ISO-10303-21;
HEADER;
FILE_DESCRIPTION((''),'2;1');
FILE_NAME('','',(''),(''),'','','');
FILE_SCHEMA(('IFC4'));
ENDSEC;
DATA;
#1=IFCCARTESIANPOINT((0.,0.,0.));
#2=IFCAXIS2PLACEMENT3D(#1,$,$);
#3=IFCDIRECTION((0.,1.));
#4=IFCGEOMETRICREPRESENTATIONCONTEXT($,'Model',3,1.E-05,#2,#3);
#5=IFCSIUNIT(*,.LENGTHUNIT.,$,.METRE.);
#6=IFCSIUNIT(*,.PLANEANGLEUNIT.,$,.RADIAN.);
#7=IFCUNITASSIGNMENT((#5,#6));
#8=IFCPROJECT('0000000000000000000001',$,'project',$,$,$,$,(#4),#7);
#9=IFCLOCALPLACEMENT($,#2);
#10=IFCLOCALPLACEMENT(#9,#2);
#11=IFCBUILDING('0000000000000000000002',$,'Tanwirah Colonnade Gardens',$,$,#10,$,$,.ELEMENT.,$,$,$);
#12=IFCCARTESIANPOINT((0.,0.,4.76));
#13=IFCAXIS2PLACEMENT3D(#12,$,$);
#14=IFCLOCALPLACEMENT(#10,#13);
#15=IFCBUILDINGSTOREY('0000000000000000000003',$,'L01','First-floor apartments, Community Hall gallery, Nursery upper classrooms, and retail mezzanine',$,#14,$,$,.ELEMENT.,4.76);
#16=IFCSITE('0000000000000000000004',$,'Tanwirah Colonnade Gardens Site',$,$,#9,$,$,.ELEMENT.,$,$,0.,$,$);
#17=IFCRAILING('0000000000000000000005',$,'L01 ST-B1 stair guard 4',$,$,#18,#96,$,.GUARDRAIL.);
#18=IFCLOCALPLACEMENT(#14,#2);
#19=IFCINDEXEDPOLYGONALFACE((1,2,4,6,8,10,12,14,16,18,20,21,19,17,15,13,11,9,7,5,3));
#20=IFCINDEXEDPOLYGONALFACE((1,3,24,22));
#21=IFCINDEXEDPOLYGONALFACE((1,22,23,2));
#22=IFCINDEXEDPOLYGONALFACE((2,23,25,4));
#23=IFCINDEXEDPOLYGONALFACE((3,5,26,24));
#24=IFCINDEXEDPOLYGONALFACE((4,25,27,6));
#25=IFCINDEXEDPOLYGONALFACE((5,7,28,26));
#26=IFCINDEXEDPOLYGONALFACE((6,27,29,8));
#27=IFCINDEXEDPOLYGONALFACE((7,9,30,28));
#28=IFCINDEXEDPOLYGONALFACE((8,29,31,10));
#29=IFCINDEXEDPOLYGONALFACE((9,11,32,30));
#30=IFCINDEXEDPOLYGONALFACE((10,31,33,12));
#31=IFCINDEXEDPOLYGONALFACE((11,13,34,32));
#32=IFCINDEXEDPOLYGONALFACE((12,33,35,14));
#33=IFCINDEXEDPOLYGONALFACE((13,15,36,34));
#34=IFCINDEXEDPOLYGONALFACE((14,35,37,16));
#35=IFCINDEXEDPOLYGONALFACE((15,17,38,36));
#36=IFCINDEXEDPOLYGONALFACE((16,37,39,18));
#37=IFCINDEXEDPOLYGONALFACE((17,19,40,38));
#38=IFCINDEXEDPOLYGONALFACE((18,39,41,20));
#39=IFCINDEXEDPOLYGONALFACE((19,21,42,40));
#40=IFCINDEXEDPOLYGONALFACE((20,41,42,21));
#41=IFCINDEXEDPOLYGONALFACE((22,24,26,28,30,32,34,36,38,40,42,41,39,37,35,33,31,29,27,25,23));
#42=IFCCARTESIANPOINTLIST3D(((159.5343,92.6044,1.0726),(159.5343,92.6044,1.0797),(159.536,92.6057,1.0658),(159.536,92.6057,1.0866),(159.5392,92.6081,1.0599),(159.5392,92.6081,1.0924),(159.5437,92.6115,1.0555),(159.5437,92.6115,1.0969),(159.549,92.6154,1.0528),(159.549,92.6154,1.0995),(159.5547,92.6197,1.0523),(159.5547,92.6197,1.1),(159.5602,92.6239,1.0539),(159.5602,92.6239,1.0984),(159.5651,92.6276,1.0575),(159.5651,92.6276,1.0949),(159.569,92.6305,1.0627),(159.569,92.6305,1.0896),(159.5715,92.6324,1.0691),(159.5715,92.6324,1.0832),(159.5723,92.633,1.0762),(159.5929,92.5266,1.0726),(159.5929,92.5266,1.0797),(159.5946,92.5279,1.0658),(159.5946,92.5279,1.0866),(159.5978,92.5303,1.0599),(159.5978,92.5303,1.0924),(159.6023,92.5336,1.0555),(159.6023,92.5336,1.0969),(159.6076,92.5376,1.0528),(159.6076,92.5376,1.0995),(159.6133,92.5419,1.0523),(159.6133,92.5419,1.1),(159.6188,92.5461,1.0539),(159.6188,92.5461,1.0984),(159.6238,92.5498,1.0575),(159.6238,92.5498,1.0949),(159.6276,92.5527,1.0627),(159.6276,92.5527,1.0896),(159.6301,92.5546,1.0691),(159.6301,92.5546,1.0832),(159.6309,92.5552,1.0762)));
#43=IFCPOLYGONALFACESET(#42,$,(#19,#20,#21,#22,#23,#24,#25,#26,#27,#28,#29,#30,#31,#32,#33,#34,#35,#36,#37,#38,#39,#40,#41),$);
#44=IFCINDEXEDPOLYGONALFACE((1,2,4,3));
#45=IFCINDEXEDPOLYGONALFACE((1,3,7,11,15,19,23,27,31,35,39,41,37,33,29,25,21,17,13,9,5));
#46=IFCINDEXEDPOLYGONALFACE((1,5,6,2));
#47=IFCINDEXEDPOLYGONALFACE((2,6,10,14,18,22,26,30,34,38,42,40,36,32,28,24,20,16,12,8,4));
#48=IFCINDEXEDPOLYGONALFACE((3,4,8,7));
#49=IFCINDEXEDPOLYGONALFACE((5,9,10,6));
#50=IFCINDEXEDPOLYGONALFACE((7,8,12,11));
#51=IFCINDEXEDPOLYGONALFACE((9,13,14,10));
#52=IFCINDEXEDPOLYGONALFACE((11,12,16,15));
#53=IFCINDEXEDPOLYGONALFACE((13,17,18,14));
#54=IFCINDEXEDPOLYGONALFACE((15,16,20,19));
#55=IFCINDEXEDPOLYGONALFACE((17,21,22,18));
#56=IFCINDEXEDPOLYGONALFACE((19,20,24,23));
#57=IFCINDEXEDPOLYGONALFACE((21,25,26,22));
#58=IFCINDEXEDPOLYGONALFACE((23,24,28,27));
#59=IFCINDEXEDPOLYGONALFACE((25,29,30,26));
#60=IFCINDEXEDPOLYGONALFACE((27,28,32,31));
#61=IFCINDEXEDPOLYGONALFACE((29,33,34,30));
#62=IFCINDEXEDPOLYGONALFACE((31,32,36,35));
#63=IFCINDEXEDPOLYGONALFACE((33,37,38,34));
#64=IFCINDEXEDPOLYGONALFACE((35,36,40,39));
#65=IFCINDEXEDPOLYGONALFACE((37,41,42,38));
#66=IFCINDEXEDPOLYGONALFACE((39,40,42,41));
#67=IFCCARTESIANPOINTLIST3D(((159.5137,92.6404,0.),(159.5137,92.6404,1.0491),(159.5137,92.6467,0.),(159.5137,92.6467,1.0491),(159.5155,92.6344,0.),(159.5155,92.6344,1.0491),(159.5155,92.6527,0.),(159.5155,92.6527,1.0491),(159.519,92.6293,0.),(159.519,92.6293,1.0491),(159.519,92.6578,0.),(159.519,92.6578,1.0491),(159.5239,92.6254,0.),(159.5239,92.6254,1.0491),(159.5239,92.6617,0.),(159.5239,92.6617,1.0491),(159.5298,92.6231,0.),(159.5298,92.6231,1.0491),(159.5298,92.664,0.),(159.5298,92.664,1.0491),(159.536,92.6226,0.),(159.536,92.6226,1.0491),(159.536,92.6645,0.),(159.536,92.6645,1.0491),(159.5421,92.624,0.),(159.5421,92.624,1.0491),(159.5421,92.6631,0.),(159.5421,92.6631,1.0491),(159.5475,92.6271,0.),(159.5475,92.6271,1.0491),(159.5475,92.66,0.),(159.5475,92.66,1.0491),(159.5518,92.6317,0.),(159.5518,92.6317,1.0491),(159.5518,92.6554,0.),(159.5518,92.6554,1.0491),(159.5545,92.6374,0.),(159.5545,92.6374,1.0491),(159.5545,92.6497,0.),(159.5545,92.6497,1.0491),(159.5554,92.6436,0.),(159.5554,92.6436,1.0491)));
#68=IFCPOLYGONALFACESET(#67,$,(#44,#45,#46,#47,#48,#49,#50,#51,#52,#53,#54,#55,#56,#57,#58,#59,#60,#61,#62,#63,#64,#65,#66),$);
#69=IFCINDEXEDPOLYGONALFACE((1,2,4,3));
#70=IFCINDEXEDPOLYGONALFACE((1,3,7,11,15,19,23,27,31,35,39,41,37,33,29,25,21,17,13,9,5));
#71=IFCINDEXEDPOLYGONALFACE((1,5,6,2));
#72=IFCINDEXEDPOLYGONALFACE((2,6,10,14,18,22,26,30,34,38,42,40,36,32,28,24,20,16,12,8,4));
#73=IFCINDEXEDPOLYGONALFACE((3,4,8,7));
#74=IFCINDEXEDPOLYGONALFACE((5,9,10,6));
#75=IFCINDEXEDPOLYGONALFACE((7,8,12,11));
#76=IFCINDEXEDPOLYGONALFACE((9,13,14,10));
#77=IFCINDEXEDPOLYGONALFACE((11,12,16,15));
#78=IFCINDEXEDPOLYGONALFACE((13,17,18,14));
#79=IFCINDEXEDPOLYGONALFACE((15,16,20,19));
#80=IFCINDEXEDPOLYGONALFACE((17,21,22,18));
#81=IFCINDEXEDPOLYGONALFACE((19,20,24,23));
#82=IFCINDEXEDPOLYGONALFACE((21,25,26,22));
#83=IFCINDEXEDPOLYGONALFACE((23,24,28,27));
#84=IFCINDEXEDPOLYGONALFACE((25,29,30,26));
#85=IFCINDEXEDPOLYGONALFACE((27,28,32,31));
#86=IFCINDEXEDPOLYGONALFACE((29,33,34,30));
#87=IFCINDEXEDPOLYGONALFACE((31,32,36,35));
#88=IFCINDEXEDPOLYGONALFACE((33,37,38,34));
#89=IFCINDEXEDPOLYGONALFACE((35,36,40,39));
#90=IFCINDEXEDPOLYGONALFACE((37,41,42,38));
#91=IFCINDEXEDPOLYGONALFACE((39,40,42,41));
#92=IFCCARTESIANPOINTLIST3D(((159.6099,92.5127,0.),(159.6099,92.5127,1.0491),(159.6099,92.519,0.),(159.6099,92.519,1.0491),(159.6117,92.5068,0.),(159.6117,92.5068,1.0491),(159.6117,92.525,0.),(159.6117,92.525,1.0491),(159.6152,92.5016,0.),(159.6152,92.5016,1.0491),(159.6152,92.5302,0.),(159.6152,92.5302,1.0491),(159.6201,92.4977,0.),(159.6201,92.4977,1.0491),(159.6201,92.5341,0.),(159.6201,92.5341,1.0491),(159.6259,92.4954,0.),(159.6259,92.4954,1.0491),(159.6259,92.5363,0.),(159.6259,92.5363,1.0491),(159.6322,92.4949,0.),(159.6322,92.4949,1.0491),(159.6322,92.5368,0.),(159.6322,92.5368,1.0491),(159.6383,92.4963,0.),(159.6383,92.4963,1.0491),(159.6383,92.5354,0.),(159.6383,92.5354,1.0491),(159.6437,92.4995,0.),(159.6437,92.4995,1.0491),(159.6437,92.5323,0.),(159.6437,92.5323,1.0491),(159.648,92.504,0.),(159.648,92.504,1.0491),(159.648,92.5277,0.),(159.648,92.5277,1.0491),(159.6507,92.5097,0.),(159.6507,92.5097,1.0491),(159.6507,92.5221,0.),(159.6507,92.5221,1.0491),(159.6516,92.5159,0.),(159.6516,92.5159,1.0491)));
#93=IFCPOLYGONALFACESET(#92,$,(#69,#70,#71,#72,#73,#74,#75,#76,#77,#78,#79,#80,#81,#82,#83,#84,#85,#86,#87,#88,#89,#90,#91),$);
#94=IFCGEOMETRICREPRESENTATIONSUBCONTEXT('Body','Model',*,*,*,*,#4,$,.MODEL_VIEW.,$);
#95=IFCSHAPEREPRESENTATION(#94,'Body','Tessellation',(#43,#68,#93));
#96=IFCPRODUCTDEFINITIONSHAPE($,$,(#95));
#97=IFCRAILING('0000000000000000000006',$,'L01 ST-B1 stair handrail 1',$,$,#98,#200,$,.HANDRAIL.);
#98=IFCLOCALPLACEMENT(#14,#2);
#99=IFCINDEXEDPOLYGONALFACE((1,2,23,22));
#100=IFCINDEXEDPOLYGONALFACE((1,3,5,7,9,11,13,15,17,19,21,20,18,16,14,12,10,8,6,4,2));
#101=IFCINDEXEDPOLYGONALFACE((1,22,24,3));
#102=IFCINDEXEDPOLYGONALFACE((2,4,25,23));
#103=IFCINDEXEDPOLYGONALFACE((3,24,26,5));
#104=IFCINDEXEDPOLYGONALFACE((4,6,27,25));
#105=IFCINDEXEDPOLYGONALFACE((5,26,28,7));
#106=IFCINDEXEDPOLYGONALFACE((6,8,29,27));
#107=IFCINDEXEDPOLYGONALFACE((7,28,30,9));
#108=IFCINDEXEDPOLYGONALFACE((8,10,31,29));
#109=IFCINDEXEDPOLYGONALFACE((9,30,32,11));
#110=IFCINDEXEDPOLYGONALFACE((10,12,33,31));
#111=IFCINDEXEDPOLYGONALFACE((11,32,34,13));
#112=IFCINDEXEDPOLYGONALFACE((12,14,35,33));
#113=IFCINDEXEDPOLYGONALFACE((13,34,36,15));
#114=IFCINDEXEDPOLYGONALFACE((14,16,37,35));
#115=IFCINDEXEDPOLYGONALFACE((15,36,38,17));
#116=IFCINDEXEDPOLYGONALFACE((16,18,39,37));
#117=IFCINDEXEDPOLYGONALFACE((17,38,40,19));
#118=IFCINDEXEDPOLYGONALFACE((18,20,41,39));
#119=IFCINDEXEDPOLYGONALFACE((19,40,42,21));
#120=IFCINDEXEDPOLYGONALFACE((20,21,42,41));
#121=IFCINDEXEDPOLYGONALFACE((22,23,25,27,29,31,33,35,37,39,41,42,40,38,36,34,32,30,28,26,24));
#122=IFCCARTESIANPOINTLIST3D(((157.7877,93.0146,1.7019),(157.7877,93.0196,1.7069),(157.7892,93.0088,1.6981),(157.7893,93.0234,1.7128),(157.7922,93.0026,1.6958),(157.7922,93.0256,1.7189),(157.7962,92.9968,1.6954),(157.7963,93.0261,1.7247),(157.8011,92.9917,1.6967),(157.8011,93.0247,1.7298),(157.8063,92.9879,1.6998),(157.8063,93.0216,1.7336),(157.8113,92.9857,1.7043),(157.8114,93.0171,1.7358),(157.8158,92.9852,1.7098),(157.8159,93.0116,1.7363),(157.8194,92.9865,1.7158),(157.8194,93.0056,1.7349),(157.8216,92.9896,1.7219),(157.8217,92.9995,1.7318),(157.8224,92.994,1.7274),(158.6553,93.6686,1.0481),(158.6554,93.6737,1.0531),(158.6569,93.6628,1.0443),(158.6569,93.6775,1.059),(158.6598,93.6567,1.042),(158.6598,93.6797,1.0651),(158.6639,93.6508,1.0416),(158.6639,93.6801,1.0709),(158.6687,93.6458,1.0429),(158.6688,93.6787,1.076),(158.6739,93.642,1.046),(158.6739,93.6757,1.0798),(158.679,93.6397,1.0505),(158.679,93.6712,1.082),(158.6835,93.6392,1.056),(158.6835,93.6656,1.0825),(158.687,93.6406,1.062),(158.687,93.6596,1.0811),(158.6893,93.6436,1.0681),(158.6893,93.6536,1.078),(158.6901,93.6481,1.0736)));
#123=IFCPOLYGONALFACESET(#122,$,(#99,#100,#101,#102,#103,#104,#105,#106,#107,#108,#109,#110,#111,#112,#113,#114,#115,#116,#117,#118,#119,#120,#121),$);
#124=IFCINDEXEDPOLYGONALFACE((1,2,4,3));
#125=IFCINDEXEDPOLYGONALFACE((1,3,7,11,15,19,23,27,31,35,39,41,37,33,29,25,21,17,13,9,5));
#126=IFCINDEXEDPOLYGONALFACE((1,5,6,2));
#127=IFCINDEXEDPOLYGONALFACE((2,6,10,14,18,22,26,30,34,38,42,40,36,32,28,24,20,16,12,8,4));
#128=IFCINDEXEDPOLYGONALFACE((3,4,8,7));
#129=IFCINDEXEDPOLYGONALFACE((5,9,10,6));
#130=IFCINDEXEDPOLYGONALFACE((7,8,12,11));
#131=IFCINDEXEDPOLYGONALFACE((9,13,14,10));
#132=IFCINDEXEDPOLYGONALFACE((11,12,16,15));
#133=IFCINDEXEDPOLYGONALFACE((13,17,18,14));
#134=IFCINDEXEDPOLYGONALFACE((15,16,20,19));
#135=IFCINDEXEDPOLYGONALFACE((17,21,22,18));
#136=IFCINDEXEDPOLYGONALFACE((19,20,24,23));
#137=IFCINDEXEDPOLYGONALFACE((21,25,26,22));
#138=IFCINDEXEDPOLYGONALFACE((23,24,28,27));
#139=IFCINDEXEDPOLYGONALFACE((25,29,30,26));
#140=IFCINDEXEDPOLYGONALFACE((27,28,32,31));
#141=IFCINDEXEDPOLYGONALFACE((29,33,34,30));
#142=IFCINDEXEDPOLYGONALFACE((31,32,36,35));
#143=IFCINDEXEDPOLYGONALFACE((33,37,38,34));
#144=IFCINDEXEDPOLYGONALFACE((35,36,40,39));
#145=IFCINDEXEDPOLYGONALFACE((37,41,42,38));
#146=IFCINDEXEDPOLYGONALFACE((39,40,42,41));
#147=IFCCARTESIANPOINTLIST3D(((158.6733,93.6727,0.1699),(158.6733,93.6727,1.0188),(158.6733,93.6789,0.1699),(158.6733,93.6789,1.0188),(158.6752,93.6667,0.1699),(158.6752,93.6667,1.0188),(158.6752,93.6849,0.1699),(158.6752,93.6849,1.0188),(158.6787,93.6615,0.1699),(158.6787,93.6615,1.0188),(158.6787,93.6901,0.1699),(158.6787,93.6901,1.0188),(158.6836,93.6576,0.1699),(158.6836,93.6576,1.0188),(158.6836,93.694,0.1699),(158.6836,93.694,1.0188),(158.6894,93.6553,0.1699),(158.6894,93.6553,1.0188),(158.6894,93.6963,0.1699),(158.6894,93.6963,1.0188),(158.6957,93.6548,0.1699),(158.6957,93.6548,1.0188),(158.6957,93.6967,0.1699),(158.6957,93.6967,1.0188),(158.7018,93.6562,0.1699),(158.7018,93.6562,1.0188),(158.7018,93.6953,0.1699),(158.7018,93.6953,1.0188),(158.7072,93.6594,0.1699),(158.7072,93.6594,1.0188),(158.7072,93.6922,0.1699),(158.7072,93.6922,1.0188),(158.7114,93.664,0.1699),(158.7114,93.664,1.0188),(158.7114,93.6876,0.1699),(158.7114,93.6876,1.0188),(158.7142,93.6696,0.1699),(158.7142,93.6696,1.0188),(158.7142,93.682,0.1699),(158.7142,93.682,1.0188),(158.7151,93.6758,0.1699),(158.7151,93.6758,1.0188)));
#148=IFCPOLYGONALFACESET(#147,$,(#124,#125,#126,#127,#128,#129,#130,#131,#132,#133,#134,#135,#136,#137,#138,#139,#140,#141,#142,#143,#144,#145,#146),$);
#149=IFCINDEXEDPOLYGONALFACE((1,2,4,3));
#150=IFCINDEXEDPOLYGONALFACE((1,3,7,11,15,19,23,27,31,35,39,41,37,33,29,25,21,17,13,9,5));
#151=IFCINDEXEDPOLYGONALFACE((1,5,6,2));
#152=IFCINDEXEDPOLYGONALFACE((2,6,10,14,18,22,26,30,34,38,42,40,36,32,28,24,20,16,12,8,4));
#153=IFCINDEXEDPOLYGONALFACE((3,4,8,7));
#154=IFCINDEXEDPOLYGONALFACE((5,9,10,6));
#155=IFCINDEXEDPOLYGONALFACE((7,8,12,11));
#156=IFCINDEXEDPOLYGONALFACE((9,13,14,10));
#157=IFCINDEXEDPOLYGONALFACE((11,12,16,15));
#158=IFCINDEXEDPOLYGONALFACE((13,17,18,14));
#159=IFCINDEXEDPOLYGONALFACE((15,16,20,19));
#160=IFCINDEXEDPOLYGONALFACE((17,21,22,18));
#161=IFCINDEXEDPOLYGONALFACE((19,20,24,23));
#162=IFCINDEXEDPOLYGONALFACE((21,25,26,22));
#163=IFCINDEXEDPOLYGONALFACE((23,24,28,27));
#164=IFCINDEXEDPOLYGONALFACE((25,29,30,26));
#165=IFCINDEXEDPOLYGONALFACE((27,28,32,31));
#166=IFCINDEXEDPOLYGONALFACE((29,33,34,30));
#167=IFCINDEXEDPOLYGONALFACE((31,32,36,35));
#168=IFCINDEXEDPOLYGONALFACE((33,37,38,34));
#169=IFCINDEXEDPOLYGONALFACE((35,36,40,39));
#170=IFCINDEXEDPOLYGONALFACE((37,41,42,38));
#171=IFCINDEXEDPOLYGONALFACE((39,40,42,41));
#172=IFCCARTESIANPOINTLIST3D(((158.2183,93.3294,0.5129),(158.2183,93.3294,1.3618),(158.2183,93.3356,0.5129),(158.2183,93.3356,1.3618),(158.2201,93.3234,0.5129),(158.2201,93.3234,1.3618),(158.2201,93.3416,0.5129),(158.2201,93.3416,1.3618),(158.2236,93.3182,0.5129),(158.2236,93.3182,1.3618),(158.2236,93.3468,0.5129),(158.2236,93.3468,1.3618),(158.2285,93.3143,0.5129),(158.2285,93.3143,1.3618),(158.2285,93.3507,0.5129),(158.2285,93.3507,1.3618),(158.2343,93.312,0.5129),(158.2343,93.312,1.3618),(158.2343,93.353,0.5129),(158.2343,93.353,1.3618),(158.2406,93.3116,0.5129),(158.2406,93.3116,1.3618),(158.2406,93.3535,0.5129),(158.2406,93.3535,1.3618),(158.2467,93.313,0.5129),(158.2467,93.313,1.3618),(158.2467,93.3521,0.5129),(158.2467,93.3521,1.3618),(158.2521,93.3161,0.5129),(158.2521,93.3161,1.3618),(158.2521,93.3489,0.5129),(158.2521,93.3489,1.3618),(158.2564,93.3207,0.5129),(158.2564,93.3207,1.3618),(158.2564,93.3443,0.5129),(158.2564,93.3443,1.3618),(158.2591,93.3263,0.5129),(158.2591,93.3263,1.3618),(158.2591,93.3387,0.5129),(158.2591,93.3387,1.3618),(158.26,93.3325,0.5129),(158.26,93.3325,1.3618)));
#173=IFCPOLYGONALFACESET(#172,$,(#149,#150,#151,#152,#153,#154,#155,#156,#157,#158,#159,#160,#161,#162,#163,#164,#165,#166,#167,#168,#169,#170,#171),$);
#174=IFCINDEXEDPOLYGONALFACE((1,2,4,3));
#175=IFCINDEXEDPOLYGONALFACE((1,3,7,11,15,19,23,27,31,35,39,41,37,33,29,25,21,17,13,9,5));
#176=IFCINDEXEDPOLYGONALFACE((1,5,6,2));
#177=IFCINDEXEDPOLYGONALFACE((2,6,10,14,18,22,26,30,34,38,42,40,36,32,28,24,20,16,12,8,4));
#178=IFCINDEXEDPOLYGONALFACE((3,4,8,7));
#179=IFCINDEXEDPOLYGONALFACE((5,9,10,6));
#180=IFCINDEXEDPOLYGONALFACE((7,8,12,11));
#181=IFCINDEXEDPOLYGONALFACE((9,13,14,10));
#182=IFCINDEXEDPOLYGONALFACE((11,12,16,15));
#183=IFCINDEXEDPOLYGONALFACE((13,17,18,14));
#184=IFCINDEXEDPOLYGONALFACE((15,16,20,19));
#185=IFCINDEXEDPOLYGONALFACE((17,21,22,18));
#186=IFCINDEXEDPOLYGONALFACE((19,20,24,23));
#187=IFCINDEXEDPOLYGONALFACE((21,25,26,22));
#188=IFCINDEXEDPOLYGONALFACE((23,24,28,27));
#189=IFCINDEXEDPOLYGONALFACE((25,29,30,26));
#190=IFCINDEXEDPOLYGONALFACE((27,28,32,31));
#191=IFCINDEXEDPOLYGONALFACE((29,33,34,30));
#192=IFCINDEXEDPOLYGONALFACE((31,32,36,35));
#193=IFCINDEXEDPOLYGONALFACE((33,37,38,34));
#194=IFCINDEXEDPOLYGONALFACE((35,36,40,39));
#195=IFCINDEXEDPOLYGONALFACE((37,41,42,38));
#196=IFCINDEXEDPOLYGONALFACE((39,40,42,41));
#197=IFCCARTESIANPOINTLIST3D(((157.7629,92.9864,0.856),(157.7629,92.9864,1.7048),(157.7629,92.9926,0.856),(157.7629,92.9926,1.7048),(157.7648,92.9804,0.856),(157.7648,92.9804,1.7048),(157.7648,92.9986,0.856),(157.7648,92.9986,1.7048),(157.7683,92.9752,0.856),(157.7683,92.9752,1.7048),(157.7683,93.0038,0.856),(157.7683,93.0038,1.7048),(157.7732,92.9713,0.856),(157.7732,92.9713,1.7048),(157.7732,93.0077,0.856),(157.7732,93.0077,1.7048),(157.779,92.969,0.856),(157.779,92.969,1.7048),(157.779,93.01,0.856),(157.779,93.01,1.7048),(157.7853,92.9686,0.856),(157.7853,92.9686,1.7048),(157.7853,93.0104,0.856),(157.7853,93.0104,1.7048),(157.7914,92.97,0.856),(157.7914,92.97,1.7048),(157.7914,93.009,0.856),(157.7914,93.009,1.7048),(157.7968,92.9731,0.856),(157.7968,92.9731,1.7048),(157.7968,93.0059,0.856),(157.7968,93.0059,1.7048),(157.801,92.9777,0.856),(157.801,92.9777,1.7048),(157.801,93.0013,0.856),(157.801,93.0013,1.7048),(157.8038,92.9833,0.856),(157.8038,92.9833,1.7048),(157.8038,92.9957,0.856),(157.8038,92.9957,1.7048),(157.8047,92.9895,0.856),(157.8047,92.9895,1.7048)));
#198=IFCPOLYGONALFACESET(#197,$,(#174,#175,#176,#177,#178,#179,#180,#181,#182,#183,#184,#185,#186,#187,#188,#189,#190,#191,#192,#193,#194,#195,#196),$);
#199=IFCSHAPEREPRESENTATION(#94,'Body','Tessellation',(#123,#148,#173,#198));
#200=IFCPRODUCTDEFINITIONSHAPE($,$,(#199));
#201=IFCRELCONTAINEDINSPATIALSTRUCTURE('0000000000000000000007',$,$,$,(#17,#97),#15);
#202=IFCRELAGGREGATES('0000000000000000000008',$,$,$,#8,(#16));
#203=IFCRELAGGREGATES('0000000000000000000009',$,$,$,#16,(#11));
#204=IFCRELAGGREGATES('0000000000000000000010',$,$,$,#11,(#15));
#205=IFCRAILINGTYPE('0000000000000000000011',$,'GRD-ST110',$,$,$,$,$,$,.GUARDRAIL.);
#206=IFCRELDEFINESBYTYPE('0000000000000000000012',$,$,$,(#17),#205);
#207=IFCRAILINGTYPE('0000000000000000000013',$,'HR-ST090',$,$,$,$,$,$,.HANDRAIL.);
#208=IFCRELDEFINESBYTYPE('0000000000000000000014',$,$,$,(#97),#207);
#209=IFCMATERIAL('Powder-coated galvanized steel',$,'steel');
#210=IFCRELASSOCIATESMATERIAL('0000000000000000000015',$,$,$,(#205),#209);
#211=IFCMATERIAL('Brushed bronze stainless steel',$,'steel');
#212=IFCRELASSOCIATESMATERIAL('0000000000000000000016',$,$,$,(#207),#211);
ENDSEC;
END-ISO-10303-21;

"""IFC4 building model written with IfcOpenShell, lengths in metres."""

from ifc_helpers import new_model, si_unit, direction, frame, origin, origin_2d, place, context, subcontext, project, spatial, circle, extrude, material, type_object, element, save


model = new_model("IFC4")

# Units and contexts
model_context = context("Model", 3, precision=1e-05, world=origin(), true_north=direction((0.0, 1.0)))
body_context = subcontext(model_context, "Body", "Model", "MODEL_VIEW")
ifc_project = project(units=[si_unit("LENGTHUNIT", "METRE"), si_unit("PLANEANGLEUNIT", "RADIAN")], contexts=[model_context])

# Site, building, storey
site_placement = place(None, origin())
site = spatial("IfcSite", under=ifc_project, at=site_placement, Name="Tanwirah Colonnade Gardens Site", CompositionType="ELEMENT", RefElevation=0.0)
building_placement = place(site_placement, origin())
building = spatial("IfcBuilding", under=site, at=building_placement, Name="Tanwirah Colonnade Gardens", CompositionType="ELEMENT")
storey_placement = place(building_placement, frame((0.0, 0.0, 4.76)))
storey = spatial("IfcBuildingStorey", under=building, at=storey_placement, Name="L01", Description="First-floor apartments, Community Hall gallery, Nursery upper classrooms, and retail mezzanine", CompositionType="ELEMENT", Elevation=4.76)

# Railings
ifc_material_1 = material(Name="Powder-coated galvanized steel", Category="steel")
railing_type_1 = type_object("IfcRailingType", Name="GRD-ST110", PredefinedType="GUARDRAIL", material=ifc_material_1)
railing_1_placement = place(storey_placement, frame((159.5344, 92.6436, 0.0)))
element("IfcRailing", 1, at=railing_1_placement, inside=storey, type_object=railing_type_1, Name="L01 ST-B1 stair guard 4", PredefinedType="GUARDRAIL", context=body_context, shape_type="SweptSolid", body=[
    extrude(circle(Radius=0.0239, at=origin_2d()), frame((0.0188, -0.0249, 1.0762), z_axis=(0.601709, -0.798715, 0.0), x_axis=(0.798715, 0.601709, 0.0)), (0.0, 0.0, 1.0), 0.0974),
    extrude(circle(Radius=0.021, at=origin_2d()), origin(), (0.0, 0.0, 1.0), 1.0491),
    extrude(circle(Radius=0.021, at=origin_2d()), frame((0.0962, -0.1277, 0.0)), (0.0, 0.0, 1.0), 1.0491),
])
ifc_material_2 = material(Name="Brushed bronze stainless steel", Category="steel")
railing_type_2 = type_object("IfcRailingType", Name="HR-ST090", PredefinedType="HANDRAIL", material=ifc_material_2)
railing_2_placement = place(storey_placement, frame((158.6941, 93.6758, 0.1699)))
element("IfcRailing", 2, at=railing_2_placement, inside=storey, type_object=railing_type_2, Name="L01 ST-B1 stair handrail 1", PredefinedType="HANDRAIL", context=body_context, shape_type="SweptSolid", body=[
    extrude(circle(Radius=0.0239, at=origin_2d()), frame((-0.0215, -0.0161, 0.8921), z_axis=(-0.684211, -0.515773, 0.51559), x_axis=(0.601951, -0.798533, 0.0)), (0.0, 0.0, 1.0), 1.2681),
    extrude(circle(Radius=0.021, at=origin_2d()), origin(), (0.0, 0.0, 1.0), 0.8489),
    extrude(circle(Radius=0.021, at=origin_2d()), frame((-0.4551, -0.3433, 0.343)), (0.0, 0.0, 1.0), 0.8489),
    extrude(circle(Radius=0.021, at=origin_2d()), frame((-0.9104, -0.6863, 0.686)), (0.0, 0.0, 1.0), 0.8489),
])

save(model, "model.ifc")
